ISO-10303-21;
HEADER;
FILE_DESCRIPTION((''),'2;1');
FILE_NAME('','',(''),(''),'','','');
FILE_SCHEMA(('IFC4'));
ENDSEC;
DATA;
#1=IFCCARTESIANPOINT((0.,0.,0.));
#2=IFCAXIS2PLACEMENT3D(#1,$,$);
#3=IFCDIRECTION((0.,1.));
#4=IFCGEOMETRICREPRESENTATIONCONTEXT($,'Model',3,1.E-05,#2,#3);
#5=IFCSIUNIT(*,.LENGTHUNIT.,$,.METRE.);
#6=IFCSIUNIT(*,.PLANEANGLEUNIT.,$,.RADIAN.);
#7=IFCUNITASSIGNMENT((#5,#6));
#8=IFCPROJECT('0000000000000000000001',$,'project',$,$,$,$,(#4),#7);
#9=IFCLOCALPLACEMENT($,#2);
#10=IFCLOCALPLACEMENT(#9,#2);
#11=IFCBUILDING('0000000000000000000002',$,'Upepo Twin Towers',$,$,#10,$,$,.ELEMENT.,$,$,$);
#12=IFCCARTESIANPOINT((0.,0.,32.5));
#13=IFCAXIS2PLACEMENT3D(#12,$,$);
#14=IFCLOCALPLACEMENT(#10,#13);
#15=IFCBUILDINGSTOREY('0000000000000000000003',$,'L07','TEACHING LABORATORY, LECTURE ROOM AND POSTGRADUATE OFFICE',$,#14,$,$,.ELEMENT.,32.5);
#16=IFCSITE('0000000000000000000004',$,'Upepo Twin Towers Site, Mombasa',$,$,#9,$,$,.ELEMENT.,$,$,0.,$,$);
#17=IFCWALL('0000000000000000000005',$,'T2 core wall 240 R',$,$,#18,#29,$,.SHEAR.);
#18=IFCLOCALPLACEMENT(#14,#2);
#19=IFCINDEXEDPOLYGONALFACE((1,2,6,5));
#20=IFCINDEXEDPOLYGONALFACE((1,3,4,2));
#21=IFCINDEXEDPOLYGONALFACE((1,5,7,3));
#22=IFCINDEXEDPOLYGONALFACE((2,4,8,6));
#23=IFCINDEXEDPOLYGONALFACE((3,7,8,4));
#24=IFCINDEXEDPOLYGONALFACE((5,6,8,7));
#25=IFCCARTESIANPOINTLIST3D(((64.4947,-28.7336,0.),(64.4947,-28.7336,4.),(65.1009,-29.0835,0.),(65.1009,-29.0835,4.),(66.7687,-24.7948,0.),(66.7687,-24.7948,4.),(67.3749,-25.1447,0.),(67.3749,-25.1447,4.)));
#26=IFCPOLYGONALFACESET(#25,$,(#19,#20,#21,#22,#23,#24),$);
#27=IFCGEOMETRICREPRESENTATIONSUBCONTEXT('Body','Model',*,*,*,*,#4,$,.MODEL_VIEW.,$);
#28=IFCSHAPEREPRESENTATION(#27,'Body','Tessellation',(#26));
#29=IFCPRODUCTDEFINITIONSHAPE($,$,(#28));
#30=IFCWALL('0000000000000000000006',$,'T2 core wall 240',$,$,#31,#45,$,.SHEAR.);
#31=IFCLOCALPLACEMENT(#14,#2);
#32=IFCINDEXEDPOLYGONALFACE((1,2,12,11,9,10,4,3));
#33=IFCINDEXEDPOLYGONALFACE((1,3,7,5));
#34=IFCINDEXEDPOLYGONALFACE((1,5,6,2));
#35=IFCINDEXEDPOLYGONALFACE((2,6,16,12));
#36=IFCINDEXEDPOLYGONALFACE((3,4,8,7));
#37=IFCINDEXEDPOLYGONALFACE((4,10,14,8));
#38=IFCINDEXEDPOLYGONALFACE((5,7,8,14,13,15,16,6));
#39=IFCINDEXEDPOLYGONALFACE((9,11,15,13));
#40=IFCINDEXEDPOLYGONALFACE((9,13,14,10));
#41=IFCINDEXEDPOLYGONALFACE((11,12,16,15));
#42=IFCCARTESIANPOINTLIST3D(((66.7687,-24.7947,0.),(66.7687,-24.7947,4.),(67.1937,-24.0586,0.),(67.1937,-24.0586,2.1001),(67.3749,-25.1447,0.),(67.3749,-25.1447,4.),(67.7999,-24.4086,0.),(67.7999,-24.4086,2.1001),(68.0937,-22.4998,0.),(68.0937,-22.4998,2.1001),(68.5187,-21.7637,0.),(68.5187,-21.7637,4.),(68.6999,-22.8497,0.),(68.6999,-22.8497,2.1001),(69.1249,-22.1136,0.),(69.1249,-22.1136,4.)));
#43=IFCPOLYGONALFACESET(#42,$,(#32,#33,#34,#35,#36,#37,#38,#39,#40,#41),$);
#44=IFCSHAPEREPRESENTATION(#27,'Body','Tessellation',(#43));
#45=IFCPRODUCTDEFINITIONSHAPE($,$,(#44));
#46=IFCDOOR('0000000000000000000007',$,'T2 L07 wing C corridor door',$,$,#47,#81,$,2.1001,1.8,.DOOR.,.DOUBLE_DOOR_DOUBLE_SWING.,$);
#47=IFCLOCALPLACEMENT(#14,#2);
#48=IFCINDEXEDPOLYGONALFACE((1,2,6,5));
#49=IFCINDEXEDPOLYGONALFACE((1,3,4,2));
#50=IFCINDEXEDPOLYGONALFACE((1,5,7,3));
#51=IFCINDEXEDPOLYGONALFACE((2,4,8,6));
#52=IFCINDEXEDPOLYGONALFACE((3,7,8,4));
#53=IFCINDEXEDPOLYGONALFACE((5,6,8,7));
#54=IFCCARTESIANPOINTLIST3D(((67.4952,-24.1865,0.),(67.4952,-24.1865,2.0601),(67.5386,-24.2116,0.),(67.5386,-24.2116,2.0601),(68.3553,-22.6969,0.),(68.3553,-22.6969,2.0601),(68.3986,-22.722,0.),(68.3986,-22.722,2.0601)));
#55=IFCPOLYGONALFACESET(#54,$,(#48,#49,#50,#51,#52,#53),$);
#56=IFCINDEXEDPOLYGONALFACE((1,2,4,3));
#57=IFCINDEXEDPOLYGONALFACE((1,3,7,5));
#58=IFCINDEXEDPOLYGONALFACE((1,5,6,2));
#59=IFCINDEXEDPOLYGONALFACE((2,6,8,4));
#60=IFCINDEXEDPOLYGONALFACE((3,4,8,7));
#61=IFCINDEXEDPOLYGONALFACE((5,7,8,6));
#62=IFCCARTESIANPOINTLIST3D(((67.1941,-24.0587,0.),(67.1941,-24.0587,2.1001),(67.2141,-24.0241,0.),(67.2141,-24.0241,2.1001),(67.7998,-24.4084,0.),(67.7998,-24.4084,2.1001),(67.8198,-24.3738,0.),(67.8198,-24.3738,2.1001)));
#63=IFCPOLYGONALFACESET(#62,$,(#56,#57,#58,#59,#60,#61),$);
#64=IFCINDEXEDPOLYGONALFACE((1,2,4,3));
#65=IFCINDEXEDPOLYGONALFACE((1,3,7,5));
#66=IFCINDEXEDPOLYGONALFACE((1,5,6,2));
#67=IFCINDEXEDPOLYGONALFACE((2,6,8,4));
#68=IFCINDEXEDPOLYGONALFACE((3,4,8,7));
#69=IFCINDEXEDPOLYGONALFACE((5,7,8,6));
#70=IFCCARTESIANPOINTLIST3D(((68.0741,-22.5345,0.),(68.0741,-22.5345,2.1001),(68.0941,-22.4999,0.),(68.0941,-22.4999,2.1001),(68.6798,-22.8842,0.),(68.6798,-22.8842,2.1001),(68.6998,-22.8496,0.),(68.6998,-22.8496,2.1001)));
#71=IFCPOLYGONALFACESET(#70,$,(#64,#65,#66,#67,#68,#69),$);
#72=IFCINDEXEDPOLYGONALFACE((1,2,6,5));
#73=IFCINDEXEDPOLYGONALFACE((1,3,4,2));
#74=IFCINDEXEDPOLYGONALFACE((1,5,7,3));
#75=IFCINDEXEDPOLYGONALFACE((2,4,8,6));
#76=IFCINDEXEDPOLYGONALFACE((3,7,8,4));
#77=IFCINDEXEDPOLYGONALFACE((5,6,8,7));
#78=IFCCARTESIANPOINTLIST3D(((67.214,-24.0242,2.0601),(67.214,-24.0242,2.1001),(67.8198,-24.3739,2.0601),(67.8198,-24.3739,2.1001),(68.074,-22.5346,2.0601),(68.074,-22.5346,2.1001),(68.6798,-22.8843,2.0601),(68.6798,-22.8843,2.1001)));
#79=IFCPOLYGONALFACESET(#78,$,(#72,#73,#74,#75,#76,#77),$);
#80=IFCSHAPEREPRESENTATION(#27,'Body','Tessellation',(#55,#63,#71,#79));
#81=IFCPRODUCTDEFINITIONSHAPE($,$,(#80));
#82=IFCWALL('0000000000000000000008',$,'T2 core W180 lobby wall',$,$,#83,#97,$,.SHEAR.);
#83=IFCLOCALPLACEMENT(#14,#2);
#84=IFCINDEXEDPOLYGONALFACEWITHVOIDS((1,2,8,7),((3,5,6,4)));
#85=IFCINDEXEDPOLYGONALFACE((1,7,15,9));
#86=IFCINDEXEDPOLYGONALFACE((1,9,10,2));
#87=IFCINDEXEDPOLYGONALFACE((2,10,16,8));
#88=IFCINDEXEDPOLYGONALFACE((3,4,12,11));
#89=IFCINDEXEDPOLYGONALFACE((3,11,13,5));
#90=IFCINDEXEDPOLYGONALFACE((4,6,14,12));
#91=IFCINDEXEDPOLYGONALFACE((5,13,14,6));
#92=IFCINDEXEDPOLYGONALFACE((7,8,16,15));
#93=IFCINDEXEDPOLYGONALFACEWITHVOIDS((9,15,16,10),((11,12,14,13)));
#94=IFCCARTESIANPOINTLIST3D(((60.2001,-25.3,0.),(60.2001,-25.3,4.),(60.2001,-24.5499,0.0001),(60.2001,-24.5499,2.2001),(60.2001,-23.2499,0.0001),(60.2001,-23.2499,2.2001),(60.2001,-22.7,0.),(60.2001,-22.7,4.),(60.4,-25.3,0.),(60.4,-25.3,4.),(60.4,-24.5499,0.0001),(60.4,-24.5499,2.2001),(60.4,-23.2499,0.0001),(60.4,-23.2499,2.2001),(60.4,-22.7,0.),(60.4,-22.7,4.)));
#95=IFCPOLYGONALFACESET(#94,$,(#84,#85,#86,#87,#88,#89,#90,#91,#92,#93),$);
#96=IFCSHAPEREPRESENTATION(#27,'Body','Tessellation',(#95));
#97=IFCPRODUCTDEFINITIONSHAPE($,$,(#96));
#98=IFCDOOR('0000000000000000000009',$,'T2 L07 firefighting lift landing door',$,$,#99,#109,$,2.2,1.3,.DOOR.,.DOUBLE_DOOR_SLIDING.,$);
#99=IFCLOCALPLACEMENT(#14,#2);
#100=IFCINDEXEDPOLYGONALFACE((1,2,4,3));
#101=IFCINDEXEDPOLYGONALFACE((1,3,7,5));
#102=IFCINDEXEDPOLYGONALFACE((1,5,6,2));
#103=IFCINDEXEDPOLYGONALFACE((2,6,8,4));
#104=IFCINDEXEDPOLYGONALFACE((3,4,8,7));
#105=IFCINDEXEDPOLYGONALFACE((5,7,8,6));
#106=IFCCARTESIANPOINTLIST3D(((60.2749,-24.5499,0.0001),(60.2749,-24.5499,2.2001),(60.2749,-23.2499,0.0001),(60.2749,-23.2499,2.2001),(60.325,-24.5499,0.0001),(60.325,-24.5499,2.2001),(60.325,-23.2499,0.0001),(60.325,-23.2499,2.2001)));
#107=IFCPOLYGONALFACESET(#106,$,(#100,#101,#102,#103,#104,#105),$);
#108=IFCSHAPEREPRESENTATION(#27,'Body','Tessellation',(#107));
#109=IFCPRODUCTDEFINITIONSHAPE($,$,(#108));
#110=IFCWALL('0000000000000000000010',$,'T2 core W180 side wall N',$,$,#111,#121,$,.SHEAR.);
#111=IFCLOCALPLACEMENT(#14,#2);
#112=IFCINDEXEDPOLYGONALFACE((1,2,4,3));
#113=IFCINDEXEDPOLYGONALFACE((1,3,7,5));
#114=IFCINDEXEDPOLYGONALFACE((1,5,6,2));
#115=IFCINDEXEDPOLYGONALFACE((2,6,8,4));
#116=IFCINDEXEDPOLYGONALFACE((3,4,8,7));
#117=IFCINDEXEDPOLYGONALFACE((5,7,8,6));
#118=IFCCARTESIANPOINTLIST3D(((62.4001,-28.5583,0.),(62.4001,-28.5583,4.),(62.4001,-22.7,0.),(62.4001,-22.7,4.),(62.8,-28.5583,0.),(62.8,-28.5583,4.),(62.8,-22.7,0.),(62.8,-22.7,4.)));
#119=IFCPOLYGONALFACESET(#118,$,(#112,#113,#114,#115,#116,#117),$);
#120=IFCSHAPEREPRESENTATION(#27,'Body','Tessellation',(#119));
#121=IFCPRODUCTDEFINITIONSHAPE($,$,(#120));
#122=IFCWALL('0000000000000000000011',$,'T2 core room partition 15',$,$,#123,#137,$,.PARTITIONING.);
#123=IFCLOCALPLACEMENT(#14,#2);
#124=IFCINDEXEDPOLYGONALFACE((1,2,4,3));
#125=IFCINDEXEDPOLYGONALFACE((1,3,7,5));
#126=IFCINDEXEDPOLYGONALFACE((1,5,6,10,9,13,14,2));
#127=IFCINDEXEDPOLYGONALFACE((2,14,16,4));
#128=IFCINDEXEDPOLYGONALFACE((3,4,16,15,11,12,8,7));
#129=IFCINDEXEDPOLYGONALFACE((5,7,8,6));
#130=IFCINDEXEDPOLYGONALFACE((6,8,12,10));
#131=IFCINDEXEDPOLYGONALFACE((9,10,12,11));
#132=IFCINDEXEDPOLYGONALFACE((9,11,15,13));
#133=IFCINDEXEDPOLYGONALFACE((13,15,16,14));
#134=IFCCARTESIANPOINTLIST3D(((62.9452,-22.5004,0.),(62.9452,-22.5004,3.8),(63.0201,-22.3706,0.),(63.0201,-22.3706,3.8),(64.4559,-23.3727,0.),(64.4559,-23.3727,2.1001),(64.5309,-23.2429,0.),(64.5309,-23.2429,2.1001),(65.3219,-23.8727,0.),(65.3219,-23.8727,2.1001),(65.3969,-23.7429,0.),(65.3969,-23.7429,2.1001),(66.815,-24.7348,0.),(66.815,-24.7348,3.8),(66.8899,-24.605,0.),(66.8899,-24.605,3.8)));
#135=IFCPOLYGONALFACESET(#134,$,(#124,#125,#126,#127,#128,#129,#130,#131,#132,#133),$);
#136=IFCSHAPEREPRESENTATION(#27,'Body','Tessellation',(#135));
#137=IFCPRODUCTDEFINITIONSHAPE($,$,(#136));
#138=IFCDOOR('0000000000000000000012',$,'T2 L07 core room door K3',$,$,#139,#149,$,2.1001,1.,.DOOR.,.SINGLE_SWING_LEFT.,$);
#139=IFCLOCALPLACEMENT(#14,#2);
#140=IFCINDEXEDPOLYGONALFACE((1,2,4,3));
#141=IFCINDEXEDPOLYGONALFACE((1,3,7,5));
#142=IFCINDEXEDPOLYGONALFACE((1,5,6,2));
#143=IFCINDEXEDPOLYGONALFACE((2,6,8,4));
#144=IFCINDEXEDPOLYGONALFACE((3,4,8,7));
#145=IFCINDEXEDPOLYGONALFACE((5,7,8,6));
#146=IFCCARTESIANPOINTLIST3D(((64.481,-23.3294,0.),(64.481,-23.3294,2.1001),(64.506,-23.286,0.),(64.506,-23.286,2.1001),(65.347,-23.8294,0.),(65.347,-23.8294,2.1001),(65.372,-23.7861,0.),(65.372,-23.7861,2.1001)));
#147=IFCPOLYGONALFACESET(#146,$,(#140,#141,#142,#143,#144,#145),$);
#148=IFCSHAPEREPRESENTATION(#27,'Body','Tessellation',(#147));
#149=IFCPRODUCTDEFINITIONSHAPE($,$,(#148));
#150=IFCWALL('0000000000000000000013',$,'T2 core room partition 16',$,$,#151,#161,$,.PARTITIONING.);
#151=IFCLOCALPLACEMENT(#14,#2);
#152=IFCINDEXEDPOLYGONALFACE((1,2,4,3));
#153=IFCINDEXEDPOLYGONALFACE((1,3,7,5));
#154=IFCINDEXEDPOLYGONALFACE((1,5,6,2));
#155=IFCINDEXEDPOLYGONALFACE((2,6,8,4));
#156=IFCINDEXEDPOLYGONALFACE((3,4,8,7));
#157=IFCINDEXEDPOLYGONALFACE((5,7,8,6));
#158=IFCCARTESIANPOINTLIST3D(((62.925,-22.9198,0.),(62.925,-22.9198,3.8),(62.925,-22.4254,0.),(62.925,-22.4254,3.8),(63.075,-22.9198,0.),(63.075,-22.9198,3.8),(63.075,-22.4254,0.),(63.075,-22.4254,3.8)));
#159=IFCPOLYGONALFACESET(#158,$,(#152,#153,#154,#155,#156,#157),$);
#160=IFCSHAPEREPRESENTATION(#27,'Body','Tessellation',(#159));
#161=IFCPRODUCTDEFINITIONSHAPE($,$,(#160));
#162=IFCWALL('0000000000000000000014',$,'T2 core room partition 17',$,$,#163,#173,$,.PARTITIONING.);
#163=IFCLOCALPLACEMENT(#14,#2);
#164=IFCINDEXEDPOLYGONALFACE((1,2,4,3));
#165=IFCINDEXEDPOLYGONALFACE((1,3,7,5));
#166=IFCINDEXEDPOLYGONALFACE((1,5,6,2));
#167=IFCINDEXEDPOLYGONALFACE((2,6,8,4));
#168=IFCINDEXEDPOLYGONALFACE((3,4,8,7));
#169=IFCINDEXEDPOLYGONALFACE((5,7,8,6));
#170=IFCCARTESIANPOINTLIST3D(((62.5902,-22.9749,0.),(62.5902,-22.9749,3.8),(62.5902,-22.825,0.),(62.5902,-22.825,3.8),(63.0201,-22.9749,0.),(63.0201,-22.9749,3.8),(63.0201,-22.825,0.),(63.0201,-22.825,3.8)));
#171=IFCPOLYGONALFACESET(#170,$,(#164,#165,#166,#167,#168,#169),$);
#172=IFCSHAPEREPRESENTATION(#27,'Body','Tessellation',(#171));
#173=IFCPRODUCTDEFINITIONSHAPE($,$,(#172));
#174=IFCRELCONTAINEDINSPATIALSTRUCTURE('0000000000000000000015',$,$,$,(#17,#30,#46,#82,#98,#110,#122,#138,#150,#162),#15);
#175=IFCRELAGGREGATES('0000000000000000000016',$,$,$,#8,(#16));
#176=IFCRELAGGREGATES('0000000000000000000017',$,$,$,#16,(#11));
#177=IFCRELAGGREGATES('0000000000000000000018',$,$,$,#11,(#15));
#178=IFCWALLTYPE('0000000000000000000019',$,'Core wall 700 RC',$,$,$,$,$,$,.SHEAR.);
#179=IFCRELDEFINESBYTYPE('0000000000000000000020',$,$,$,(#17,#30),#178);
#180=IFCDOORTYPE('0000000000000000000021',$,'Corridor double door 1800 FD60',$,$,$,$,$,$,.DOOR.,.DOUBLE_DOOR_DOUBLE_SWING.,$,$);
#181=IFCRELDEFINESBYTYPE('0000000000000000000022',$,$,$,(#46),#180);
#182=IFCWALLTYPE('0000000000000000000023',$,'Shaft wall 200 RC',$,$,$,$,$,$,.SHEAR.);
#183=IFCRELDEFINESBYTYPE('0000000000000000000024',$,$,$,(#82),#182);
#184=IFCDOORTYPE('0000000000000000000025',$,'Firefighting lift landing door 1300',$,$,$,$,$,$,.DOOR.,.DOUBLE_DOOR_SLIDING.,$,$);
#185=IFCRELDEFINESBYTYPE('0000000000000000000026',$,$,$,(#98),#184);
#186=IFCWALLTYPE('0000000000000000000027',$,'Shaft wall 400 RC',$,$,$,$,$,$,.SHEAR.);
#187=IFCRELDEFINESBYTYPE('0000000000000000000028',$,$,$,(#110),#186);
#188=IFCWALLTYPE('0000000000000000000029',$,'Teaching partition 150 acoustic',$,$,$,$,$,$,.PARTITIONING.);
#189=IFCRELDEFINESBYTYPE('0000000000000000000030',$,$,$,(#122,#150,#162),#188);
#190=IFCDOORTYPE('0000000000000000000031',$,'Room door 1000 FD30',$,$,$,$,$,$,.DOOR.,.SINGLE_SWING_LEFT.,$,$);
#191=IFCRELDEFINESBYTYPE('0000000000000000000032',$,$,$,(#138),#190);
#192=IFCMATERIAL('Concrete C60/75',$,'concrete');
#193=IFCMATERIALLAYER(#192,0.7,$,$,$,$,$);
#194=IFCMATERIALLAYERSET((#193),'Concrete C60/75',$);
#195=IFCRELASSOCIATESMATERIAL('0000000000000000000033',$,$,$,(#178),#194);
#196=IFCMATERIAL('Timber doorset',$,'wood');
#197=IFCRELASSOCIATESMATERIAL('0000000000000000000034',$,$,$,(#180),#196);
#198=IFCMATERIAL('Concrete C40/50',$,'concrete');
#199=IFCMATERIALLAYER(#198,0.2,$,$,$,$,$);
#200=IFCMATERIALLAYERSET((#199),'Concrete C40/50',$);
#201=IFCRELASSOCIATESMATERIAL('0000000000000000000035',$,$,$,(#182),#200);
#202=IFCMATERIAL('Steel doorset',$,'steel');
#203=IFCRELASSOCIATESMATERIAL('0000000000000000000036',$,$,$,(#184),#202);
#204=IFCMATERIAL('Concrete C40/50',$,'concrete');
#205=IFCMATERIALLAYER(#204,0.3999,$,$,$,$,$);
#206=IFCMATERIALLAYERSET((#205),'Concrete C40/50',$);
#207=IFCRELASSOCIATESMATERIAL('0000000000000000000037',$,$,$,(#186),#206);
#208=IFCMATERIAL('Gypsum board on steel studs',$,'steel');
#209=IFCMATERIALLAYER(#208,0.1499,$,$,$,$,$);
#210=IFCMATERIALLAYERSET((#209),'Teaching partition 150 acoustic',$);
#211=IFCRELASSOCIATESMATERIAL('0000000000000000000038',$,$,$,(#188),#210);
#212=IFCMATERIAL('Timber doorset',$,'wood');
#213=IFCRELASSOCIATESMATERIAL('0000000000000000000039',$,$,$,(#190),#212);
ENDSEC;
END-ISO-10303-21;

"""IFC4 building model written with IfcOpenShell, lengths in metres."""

from ifc_helpers import new_model, si_unit, direction, frame, frame_2d, origin, place, context, subcontext, project, spatial, rectangle, extrude, material, layer, layer_set, type_object, element, fill, save


model = new_model("IFC4")

# Units and contexts
model_context = context("Model", 3, precision=1e-05, world=origin(), true_north=direction((0.0, 1.0)))
body_context = subcontext(model_context, "Body", "Model", "MODEL_VIEW")
ifc_project = project(units=[si_unit("LENGTHUNIT", "METRE"), si_unit("PLANEANGLEUNIT", "RADIAN")], contexts=[model_context])

# Site, building, storey
site_placement = place(None, origin())
site = spatial("IfcSite", under=ifc_project, at=site_placement, Name="Upepo Twin Towers Site, Mombasa", CompositionType="ELEMENT", RefElevation=0.0)
building_placement = place(site_placement, origin())
building = spatial("IfcBuilding", under=site, at=building_placement, Name="Upepo Twin Towers", CompositionType="ELEMENT")
storey_placement = place(building_placement, frame((0.0, 0.0, 32.5)))
storey = spatial("IfcBuildingStorey", under=building, at=storey_placement, Name="L07", Description="TEACHING LABORATORY, LECTURE ROOM AND POSTGRADUATE OFFICE", CompositionType="ELEMENT", Elevation=32.5)

# Wall
ifc_material_1 = material(Name="Concrete C60/75", Category="concrete")
ifc_layer_1 = layer(ifc_material_1, 0.7)
ifc_layer_set_1 = layer_set([ifc_layer_1], Name="Concrete C60/75")
wall_type_1 = type_object("IfcWallType", Name="Core wall 700 RC", PredefinedType="SHEAR", material=ifc_layer_set_1)
wall_1_placement = place(storey_placement, frame((64.7979, -28.9084, 0.0), z_axis=(0.0, 0.0, 1.0), x_axis=(0.499984, 0.866035, 0.0)))
element("IfcWall", 1, at=wall_1_placement, inside=storey, type_object=wall_type_1, Name="T2 core wall 240 R", PredefinedType="SHEAR", context=body_context, shape_type="SweptSolid", body=[
    extrude(rectangle(XDim=4.5481, YDim=0.7, at=frame_2d((2.2739, 0.0))), origin(), (0.0, 0.0, 1.0), 4.0),
])

# Walls, openings, doors
wall_2_placement = place(storey_placement, frame((67.0718, -24.9697, 0.0), z_axis=(0.0, 0.0, 1.0), x_axis=(0.50001, 0.866019, 0.0)))
wall_2 = element("IfcWall", 2, at=wall_2_placement, inside=storey, type_object=wall_type_1, Name="T2 core wall 240", PredefinedType="SHEAR", context=body_context, shape_type="SweptSolid", body=[
    extrude(rectangle(XDim=3.5, YDim=0.7, at=frame_2d((1.75, 0.0))), origin(), (0.0, 0.0, 1.0), 4.0),
])
opening_1_placement = place(wall_2_placement, frame((0.8501, 0.0, 0.0)))
opening_1 = element("IfcOpeningElement", 3, at=opening_1_placement, cuts=wall_2, PredefinedType="OPENING", context=body_context, shape_type="SweptSolid", body=[
    extrude(rectangle(XDim=1.8, YDim=2.1001, at=frame_2d((0.8999, 1.05))), frame((0.0, 0.3599, 0.0), z_axis=(0.0, -1.0, 0.0), x_axis=(1.0, 0.0, 0.0)), (0.0, 0.0, 1.0), 0.72),
])
ifc_material_2 = material(Name="Timber doorset", Category="wood")
door_type_1 = type_object("IfcDoorType", Name="Corridor double door 1800 FD60", OperationType="DOUBLE_DOOR_DOUBLE_SWING", PredefinedType="DOOR", material=ifc_material_2)
door_1_placement = place(opening_1_placement, origin())
door_1 = element("IfcDoor", 4, at=door_1_placement, inside=storey, type_object=door_type_1, Name="T2 L07 wing C corridor door", OperationType="DOUBLE_DOOR_DOUBLE_SWING", OverallHeight=2.1001, OverallWidth=1.8, PredefinedType="DOOR", context=body_context, shape_type="SweptSolid", body=[
    extrude(rectangle(XDim=1.72, YDim=2.0601, at=frame_2d((0.8999, 1.03))), frame((0.0, 0.0249, 0.0), z_axis=(0.0, -1.0, 0.0), x_axis=(1.0, 0.0, 0.0)), (0.0, 0.0, 1.0), 0.05),
    extrude(rectangle(XDim=0.04, YDim=2.1001, at=frame_2d((0.02, 1.05))), frame((0.0, 0.3496, 0.0), z_axis=(0.0, -1.0, 0.0), x_axis=(1.0, 0.0, 0.0)), (0.0, 0.0, 1.0), 0.6995),
    extrude(rectangle(XDim=0.04, YDim=2.1001, at=frame_2d((1.78, 1.05))), frame((0.0, 0.3496, 0.0), z_axis=(0.0, -1.0, 0.0), x_axis=(1.0, 0.0, 0.0)), (0.0, 0.0, 1.0), 0.6995),
    extrude(rectangle(XDim=1.72, YDim=0.04, at=frame_2d((0.8999, 2.0801))), frame((0.0, 0.3496, 0.0), z_axis=(0.0, -1.0, 0.0), x_axis=(1.0, 0.0, 0.0)), (0.0, 0.0, 1.0), 0.6995),
])
fill(opening_1, door_1)
ifc_material_3 = material(Name="Concrete C40/50", Category="concrete")
ifc_layer_2 = layer(ifc_material_3, 0.2)
ifc_layer_set_2 = layer_set([ifc_layer_2], Name="Concrete C40/50")
wall_type_2 = type_object("IfcWallType", Name="Shaft wall 200 RC", PredefinedType="SHEAR", material=ifc_layer_set_2)
wall_3_placement = place(storey_placement, frame((60.3, -22.7, 0.0), z_axis=(0.0, 0.0, 1.0), x_axis=(0.0, -1.0, 0.0)))
wall_3 = element("IfcWall", 5, at=wall_3_placement, inside=storey, type_object=wall_type_2, Name="T2 core W180 lobby wall", PredefinedType="SHEAR", context=body_context, shape_type="SweptSolid", body=[
    extrude(rectangle(XDim=2.6001, YDim=0.2, at=frame_2d((1.3, 0.0))), origin(), (0.0, 0.0, 1.0), 4.0),
])
opening_2_placement = place(wall_3_placement, frame((0.55, 0.0, 0.0)))
opening_2 = element("IfcOpeningElement", 6, at=opening_2_placement, cuts=wall_3, PredefinedType="OPENING", context=body_context, shape_type="SweptSolid", body=[
    extrude(rectangle(XDim=1.3, YDim=2.2, at=frame_2d((0.6499, 1.1001))), frame((0.0, 0.1099, 0.0), z_axis=(0.0, -1.0, 0.0), x_axis=(1.0, 0.0, 0.0)), (0.0, 0.0, 1.0), 0.22),
])
ifc_material_4 = material(Name="Steel doorset", Category="steel")
door_type_2 = type_object("IfcDoorType", Name="Firefighting lift landing door 1300", OperationType="DOUBLE_DOOR_SLIDING", PredefinedType="DOOR", material=ifc_material_4)
door_2_placement = place(opening_2_placement, origin())
door_2 = element("IfcDoor", 7, at=door_2_placement, inside=storey, type_object=door_type_2, Name="T2 L07 firefighting lift landing door", OperationType="DOUBLE_DOOR_SLIDING", OverallHeight=2.2, OverallWidth=1.3, PredefinedType="DOOR", context=body_context, shape_type="SweptSolid", body=[
    extrude(rectangle(XDim=1.3, YDim=2.2, at=frame_2d((0.6499, 1.1001))), frame((0.0, 0.0249, 0.0), z_axis=(0.0, -1.0, 0.0), x_axis=(1.0, 0.0, 0.0)), (0.0, 0.0, 1.0), 0.05),
])
fill(opening_2, door_2)

# Wall
ifc_material_5 = material(Name="Concrete C40/50", Category="concrete")
ifc_layer_3 = layer(ifc_material_5, 0.3999)
ifc_layer_set_3 = layer_set([ifc_layer_3], Name="Concrete C40/50")
wall_type_3 = type_object("IfcWallType", Name="Shaft wall 400 RC", PredefinedType="SHEAR", material=ifc_layer_set_3)
wall_4_placement = place(storey_placement, frame((62.6001, -22.7, 0.0), z_axis=(0.0, 0.0, 1.0), x_axis=(0.0, -1.0, 0.0)))
element("IfcWall", 8, at=wall_4_placement, inside=storey, type_object=wall_type_3, Name="T2 core W180 side wall N", PredefinedType="SHEAR", context=body_context, shape_type="SweptSolid", body=[
    extrude(rectangle(XDim=5.8584, YDim=0.3999, at=frame_2d((2.9292, 0.0))), origin(), (0.0, 0.0, 1.0), 4.0),
])

# Wall, opening, door
ifc_material_6 = material(Name="Gypsum board on steel studs", Category="steel")
ifc_layer_4 = layer(ifc_material_6, 0.1499)
ifc_layer_set_4 = layer_set([ifc_layer_4], Name="Teaching partition 150 acoustic")
wall_type_4 = type_object("IfcWallType", Name="Teaching partition 150 acoustic", PredefinedType="PARTITIONING", material=ifc_layer_set_4)
wall_5_placement = place(storey_placement, frame((66.8525, -24.6699, 0.0), z_axis=(0.0, 0.0, 1.0), x_axis=(-0.866015, 0.500017, 0.0)))
wall_5 = element("IfcWall", 9, at=wall_5_placement, inside=storey, type_object=wall_type_4, Name="T2 core room partition 15", PredefinedType="PARTITIONING", context=body_context, shape_type="SweptSolid", body=[
    extrude(rectangle(XDim=4.4685, YDim=0.1499, at=frame_2d((2.2344, 0.0))), origin(), (0.0, 0.0, 1.0), 3.8),
])
opening_3_placement = place(wall_5_placement, frame((1.7241, 0.0, 0.0)))
opening_3 = element("IfcOpeningElement", 10, at=opening_3_placement, cuts=wall_5, PredefinedType="OPENING", context=body_context, shape_type="SweptSolid", body=[
    extrude(rectangle(XDim=1.0, YDim=2.1001, at=frame_2d((0.5, 1.05))), frame((0.0, 0.085, 0.0), z_axis=(0.0, -1.0, 0.0), x_axis=(1.0, 0.0, 0.0)), (0.0, 0.0, 1.0), 0.1699),
])
ifc_material_7 = material(Name="Timber doorset", Category="wood")
door_type_3 = type_object("IfcDoorType", Name="Room door 1000 FD30", OperationType="SINGLE_SWING_LEFT", PredefinedType="DOOR", material=ifc_material_7)
door_3_placement = place(opening_3_placement, origin())
door_3 = element("IfcDoor", 11, at=door_3_placement, inside=storey, type_object=door_type_3, Name="T2 L07 core room door K3", OperationType="SINGLE_SWING_LEFT", OverallHeight=2.1001, OverallWidth=1.0, PredefinedType="DOOR", context=body_context, shape_type="SweptSolid", body=[
    extrude(rectangle(XDim=1.0, YDim=2.1001, at=frame_2d((0.5, 1.05))), frame((0.0, 0.0249, 0.0), z_axis=(0.0, -1.0, 0.0), x_axis=(1.0, 0.0, 0.0)), (0.0, 0.0, 1.0), 0.05),
])
fill(opening_3, door_3)

# Walls
wall_6_placement = place(storey_placement, frame((63.0, -22.4255, 0.0), z_axis=(0.0, 0.0, 1.0), x_axis=(0.0, -1.0, 0.0)))
element("IfcWall", 12, at=wall_6_placement, inside=storey, type_object=wall_type_4, Name="T2 core room partition 16", PredefinedType="PARTITIONING", context=body_context, shape_type="SweptSolid", body=[
    extrude(rectangle(XDim=0.4944, YDim=0.1499, at=frame_2d((0.2471, 0.0))), origin(), (0.0, 0.0, 1.0), 3.8),
])
wall_7_placement = place(storey_placement, frame((63.02, -22.8999, 0.0), z_axis=(0.0, 0.0, 1.0), x_axis=(-1.0, 0.0, 0.0)))
element("IfcWall", 13, at=wall_7_placement, inside=storey, type_object=wall_type_4, Name="T2 core room partition 17", PredefinedType="PARTITIONING", context=body_context, shape_type="SweptSolid", body=[
    extrude(rectangle(XDim=0.4299, YDim=0.1499, at=frame_2d((0.2148, 0.0))), origin(), (0.0, 0.0, 1.0), 3.8),
])

save(model, "model.ifc")
